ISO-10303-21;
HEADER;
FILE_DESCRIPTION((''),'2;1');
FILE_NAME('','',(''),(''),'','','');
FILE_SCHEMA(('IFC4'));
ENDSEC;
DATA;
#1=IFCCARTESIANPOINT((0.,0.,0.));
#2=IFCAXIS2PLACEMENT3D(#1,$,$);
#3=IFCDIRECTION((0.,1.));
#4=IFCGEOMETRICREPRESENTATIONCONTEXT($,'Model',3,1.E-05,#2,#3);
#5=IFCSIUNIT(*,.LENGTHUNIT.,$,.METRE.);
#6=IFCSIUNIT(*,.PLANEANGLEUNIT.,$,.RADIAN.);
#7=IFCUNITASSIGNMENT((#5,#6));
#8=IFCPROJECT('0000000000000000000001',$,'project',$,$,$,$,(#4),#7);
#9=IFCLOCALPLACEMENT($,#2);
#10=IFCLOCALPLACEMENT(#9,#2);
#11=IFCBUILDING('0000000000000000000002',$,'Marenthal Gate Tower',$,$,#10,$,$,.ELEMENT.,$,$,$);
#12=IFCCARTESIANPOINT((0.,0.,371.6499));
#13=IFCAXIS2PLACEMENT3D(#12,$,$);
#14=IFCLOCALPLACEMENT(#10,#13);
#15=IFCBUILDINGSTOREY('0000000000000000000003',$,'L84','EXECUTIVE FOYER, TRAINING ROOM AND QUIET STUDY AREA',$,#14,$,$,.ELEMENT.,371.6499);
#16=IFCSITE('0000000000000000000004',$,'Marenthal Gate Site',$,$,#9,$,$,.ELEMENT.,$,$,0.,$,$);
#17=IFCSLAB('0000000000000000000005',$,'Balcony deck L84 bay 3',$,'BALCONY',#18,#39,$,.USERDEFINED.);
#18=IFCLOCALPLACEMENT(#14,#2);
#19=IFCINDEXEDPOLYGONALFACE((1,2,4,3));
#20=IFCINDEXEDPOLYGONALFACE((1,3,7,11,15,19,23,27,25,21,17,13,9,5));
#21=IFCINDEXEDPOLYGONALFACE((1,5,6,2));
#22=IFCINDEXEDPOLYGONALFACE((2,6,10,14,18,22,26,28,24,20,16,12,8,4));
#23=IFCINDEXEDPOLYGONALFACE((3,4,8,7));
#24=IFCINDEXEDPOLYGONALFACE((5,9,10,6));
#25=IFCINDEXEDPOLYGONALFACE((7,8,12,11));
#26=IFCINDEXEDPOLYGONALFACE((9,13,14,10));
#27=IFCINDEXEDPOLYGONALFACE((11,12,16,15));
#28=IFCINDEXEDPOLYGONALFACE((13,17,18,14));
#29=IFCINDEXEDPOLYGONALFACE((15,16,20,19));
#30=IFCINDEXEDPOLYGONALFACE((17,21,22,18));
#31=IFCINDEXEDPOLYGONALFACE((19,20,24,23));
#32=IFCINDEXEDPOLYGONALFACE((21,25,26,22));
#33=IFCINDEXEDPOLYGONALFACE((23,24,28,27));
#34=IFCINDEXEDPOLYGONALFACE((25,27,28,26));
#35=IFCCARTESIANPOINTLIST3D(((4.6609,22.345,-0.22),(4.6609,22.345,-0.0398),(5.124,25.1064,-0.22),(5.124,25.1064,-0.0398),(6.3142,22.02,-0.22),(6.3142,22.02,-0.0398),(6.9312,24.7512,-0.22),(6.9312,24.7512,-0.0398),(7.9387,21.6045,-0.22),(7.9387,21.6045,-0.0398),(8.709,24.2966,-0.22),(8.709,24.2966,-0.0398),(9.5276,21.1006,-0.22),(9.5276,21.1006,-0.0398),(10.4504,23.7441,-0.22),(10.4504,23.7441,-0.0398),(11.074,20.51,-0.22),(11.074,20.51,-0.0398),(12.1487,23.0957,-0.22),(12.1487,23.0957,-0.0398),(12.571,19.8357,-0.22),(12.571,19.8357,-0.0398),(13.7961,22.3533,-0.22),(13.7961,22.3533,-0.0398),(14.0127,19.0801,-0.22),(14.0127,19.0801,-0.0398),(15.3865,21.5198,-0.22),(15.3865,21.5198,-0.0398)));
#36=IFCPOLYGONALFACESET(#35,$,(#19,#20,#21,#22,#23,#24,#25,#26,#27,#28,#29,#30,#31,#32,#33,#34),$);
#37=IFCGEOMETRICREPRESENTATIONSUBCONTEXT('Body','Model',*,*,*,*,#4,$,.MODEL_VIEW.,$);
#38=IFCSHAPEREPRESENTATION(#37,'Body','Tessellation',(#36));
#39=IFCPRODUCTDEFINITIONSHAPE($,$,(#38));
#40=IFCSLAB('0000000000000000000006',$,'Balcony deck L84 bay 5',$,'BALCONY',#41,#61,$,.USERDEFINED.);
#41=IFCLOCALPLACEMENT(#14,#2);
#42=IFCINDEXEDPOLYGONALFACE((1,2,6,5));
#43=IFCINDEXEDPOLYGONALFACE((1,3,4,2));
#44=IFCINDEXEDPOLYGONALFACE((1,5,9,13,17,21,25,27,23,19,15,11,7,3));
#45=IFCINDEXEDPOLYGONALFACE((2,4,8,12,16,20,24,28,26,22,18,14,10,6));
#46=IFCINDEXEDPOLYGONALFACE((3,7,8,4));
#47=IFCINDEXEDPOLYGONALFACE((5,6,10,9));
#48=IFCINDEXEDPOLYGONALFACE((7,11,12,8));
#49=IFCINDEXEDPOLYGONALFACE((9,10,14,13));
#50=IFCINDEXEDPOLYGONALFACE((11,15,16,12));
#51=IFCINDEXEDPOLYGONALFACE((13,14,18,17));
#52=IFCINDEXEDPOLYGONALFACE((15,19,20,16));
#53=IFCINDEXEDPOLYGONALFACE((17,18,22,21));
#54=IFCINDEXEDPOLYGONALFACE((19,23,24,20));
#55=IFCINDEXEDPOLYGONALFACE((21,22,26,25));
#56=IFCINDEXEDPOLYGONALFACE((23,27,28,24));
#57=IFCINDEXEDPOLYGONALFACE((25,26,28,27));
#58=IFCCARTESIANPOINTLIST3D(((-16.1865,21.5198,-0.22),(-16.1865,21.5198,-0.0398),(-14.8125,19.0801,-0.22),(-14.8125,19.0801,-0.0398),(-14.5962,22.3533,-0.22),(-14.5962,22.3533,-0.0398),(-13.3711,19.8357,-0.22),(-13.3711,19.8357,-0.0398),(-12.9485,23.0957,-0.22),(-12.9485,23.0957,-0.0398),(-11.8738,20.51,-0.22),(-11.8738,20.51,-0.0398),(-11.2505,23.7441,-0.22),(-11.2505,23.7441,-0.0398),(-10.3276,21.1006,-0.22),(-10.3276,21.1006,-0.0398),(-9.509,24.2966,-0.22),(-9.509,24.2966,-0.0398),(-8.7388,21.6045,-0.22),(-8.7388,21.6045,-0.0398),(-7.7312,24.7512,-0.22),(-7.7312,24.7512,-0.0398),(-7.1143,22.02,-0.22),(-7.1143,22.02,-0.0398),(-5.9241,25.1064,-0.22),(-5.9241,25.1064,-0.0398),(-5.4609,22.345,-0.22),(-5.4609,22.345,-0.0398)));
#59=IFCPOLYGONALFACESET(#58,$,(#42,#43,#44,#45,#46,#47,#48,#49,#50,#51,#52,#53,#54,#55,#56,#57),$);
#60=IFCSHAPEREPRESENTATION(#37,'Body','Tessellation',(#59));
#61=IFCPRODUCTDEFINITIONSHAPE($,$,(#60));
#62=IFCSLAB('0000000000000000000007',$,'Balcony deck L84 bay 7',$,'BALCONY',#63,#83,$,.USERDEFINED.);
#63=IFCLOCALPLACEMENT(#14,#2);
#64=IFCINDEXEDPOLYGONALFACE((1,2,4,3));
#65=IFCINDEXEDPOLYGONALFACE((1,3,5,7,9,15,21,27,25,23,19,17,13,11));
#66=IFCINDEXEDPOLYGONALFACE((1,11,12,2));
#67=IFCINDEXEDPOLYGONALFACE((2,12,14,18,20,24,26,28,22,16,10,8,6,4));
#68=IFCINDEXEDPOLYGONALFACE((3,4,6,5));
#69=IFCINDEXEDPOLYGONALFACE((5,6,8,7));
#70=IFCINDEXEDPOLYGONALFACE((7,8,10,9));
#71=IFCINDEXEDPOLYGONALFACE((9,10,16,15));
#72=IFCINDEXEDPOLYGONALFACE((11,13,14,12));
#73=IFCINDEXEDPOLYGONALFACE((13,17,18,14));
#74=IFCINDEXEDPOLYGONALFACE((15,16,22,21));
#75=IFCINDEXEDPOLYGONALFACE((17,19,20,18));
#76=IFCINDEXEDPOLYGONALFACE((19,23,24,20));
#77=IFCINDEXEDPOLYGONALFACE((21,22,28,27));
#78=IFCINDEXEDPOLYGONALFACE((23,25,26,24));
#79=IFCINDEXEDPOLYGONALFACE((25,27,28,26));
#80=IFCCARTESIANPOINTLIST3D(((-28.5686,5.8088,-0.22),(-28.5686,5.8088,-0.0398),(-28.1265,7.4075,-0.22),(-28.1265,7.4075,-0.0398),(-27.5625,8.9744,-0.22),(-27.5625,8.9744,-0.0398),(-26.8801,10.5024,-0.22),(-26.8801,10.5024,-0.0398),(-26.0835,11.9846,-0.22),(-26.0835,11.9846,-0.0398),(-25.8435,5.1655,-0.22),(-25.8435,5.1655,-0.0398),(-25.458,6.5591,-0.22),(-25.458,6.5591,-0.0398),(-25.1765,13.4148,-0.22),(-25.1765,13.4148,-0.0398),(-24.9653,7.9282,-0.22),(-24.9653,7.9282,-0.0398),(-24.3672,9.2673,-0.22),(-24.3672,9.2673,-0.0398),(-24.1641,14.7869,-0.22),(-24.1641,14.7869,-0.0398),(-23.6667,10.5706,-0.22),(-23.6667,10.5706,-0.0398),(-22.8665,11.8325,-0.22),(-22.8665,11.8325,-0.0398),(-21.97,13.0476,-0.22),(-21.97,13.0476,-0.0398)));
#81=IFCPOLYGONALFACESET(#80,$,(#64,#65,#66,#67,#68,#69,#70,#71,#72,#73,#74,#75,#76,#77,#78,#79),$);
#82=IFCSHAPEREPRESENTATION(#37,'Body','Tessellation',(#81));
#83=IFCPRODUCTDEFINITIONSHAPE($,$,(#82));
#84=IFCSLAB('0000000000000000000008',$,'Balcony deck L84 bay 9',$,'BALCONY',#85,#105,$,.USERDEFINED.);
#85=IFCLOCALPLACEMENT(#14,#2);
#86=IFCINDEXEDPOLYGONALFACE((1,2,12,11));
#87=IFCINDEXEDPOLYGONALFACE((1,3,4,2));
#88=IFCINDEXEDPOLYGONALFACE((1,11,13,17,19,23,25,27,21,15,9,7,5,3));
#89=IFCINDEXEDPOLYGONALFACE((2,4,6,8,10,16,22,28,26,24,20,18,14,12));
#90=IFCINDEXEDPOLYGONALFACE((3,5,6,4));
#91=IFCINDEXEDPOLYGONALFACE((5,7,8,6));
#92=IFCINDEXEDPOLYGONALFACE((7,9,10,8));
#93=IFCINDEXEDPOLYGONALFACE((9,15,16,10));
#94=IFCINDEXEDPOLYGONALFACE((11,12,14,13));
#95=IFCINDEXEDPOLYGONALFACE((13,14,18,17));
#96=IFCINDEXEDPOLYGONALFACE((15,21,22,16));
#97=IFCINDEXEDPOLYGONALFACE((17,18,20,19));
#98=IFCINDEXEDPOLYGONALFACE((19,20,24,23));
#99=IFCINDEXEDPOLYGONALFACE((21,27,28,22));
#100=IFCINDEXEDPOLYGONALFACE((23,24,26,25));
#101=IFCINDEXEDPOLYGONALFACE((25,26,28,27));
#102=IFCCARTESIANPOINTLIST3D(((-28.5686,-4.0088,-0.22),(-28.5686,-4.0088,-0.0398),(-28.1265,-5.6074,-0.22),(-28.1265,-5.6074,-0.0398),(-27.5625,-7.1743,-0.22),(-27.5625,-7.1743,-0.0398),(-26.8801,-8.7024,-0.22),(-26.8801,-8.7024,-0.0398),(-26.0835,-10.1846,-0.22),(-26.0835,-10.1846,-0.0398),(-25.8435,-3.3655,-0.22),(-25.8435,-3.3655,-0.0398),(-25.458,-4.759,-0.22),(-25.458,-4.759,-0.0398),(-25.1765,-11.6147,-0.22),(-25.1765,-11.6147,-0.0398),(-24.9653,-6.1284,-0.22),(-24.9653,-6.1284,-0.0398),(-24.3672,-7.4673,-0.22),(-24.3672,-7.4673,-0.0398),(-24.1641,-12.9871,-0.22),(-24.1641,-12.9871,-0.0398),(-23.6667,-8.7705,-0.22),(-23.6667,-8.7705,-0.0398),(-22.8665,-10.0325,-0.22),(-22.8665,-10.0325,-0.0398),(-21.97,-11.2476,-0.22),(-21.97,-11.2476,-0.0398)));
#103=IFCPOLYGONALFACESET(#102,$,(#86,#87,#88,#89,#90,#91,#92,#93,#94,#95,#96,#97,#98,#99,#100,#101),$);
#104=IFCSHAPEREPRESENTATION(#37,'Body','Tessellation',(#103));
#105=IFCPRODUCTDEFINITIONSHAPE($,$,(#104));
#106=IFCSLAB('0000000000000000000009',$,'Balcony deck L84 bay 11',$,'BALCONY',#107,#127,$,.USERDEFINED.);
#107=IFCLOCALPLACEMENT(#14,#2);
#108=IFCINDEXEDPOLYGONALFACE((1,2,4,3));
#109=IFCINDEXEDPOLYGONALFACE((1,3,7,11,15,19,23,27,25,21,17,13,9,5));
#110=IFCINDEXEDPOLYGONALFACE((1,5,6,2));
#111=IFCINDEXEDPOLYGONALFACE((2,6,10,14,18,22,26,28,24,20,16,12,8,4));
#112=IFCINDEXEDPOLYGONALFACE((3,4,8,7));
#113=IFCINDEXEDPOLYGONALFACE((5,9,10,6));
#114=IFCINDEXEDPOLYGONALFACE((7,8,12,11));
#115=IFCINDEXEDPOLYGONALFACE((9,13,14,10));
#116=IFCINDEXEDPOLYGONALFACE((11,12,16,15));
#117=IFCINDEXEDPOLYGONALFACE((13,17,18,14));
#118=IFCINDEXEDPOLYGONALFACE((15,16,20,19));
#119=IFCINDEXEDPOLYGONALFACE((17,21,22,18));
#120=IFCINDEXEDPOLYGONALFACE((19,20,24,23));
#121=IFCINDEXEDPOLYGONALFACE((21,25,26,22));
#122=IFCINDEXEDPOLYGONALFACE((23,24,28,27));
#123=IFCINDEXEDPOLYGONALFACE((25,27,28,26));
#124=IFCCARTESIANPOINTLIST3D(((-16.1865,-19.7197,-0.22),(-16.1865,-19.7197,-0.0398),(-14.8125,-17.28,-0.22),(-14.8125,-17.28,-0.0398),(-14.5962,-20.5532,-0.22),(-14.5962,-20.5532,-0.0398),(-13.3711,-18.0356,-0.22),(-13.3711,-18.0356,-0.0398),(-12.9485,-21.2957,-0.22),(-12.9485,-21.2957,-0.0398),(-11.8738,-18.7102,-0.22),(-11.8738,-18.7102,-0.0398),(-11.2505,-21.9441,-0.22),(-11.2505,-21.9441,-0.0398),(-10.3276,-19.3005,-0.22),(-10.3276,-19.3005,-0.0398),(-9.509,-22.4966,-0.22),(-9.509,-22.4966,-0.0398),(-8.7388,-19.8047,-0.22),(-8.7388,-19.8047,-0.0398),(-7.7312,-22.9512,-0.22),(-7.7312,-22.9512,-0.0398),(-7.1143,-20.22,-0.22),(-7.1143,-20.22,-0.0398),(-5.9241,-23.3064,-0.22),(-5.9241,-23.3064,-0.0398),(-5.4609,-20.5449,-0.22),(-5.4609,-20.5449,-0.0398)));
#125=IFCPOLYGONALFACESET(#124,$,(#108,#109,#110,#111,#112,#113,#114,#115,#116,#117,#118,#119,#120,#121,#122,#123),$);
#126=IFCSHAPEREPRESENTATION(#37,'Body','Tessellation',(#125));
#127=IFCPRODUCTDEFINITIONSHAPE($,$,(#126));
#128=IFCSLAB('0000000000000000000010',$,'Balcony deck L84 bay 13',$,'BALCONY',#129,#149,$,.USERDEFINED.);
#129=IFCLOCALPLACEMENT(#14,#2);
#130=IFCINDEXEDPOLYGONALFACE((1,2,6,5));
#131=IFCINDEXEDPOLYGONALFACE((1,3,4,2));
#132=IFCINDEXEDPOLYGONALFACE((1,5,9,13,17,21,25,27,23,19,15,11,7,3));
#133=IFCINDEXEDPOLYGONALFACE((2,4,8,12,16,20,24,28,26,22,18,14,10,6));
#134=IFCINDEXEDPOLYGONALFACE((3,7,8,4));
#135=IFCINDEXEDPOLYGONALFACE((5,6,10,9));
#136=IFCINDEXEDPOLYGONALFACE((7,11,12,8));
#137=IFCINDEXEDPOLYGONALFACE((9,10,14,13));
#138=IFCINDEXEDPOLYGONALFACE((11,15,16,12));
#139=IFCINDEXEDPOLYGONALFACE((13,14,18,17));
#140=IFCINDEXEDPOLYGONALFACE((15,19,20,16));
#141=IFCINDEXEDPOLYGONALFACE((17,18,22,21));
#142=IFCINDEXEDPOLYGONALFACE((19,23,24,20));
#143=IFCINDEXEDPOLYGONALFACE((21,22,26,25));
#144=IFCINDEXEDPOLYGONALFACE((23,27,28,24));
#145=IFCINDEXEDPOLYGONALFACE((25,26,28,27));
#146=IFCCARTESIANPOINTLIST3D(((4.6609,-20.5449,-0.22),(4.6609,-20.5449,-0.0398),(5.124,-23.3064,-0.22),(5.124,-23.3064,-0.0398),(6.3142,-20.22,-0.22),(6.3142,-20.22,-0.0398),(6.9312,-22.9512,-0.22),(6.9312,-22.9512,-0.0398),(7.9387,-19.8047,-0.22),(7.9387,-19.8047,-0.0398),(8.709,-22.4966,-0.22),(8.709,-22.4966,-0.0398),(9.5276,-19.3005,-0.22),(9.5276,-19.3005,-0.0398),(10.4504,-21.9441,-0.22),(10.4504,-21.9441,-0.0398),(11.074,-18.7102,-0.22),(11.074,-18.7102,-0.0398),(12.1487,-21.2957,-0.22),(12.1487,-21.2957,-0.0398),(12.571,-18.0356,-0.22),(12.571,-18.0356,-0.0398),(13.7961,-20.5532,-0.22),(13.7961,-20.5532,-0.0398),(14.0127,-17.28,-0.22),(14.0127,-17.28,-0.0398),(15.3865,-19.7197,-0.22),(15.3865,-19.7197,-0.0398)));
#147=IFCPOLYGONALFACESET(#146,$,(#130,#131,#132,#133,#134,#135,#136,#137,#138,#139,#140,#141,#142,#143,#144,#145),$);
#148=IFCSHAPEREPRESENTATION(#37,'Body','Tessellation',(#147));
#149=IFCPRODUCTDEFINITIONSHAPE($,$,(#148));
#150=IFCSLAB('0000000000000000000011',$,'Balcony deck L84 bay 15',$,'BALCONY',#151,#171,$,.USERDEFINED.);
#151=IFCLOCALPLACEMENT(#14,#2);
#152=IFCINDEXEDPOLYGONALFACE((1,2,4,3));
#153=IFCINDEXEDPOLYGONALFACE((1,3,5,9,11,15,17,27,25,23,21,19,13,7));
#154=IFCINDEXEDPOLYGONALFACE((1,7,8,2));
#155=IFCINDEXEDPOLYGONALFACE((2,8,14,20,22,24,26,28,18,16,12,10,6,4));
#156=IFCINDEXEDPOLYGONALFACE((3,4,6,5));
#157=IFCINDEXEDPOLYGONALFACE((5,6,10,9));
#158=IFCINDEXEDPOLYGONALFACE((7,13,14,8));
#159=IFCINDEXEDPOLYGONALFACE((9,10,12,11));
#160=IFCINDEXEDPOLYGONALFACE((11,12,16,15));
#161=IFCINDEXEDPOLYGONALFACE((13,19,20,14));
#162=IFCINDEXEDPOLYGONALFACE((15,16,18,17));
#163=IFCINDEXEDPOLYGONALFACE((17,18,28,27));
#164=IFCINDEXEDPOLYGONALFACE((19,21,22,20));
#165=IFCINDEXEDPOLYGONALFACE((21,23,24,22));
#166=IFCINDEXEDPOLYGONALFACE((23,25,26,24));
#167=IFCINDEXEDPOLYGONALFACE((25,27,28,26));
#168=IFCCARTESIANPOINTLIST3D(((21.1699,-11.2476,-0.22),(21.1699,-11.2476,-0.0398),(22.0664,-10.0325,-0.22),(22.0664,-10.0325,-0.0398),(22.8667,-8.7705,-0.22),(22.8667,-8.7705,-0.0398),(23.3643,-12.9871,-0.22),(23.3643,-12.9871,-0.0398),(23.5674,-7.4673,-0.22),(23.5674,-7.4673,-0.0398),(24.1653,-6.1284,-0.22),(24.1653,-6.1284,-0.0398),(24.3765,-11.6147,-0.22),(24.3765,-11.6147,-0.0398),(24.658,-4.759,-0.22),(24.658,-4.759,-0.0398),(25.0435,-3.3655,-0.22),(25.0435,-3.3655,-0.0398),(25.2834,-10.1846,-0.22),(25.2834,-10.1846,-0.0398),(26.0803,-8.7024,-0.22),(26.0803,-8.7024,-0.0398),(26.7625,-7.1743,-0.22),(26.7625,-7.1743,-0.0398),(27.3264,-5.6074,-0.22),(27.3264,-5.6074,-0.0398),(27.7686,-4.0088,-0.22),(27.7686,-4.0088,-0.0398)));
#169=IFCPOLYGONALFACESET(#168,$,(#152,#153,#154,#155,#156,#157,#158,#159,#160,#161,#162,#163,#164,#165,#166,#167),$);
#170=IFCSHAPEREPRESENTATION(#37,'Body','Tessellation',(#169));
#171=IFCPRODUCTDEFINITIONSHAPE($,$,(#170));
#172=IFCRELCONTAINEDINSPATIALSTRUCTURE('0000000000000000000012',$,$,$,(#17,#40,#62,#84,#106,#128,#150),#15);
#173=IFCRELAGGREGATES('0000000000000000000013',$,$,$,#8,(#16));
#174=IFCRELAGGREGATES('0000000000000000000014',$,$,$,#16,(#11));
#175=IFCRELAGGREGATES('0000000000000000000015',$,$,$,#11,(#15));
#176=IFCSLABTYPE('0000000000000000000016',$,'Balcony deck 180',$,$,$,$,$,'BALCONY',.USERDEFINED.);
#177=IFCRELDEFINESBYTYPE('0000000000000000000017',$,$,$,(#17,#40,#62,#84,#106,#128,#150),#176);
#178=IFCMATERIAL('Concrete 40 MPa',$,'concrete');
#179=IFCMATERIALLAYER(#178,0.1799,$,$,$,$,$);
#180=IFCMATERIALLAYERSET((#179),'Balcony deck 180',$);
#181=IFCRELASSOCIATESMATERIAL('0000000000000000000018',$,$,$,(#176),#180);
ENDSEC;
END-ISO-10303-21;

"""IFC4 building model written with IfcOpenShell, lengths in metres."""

from ifc_helpers import new_model, si_unit, direction, frame, origin, place, context, subcontext, project, spatial, polyline, outline, extrude, material, layer, layer_set, type_object, element, save


model = new_model("IFC4")

# Units and contexts
model_context = context("Model", 3, precision=1e-05, world=origin(), true_north=direction((0.0, 1.0)))
body_context = subcontext(model_context, "Body", "Model", "MODEL_VIEW")
ifc_project = project(units=[si_unit("LENGTHUNIT", "METRE"), si_unit("PLANEANGLEUNIT", "RADIAN")], contexts=[model_context])

# Site, building, storey
site_placement = place(None, origin())
site = spatial("IfcSite", under=ifc_project, at=site_placement, Name="Marenthal Gate Site", CompositionType="ELEMENT", RefElevation=0.0)
building_placement = place(site_placement, origin())
building = spatial("IfcBuilding", under=site, at=building_placement, Name="Marenthal Gate Tower", CompositionType="ELEMENT")
storey_placement = place(building_placement, frame((0.0, 0.0, 371.6499)))
storey = spatial("IfcBuildingStorey", under=building, at=storey_placement, Name="L84", Description="EXECUTIVE FOYER, TRAINING ROOM AND QUIET STUDY AREA", CompositionType="ELEMENT", Elevation=371.6499)

# Slabs
ifc_material_1 = material(Name="Concrete 40 MPa", Category="concrete")
ifc_layer_1 = layer(ifc_material_1, 0.1799)
ifc_layer_set_1 = layer_set([ifc_layer_1], Name="Balcony deck 180")
slab_type_1 = type_object("IfcSlabType", Name="Balcony deck 180", ElementType="BALCONY", PredefinedType="USERDEFINED", material=ifc_layer_set_1)
slab_1_placement = place(storey_placement, frame((0.0, 0.0, -0.22)))
element("IfcSlab", 1, at=slab_1_placement, inside=storey, type_object=slab_type_1, Name="Balcony deck L84 bay 3", ObjectType="BALCONY", PredefinedType="USERDEFINED", context=body_context, shape_type="SweptSolid", body=[
    extrude(outline(polyline([(14.0127, 19.0801), (12.571, 19.8357), (11.074, 20.51), (9.5276, 21.1006), (7.9387, 21.6045), (6.3142, 22.02), (4.6609, 22.345), (5.124, 25.1064), (6.9312, 24.7512), (8.709, 24.2966), (10.4504, 23.7441), (12.1487, 23.0957), (13.7961, 22.3533), (15.3865, 21.5198), (14.0127, 19.0801)])), origin(), (0.0, 0.0, 1.0), 0.1802),
])
slab_2_placement = place(storey_placement, frame((0.0, 0.0, -0.22)))
element("IfcSlab", 2, at=slab_2_placement, inside=storey, type_object=slab_type_1, Name="Balcony deck L84 bay 5", ObjectType="BALCONY", PredefinedType="USERDEFINED", context=body_context, shape_type="SweptSolid", body=[
    extrude(outline(polyline([(-5.4609, 22.345), (-7.1143, 22.02), (-8.7388, 21.6045), (-10.3276, 21.1006), (-11.8738, 20.51), (-13.3711, 19.8357), (-14.8125, 19.0801), (-16.1865, 21.5198), (-14.5962, 22.3533), (-12.9485, 23.0957), (-11.2505, 23.7441), (-9.509, 24.2966), (-7.7312, 24.7512), (-5.9241, 25.1064), (-5.4609, 22.345)])), origin(), (0.0, 0.0, 1.0), 0.1802),
])
slab_3_placement = place(storey_placement, frame((0.0, 0.0, -0.22)))
element("IfcSlab", 3, at=slab_3_placement, inside=storey, type_object=slab_type_1, Name="Balcony deck L84 bay 7", ObjectType="BALCONY", PredefinedType="USERDEFINED", context=body_context, shape_type="SweptSolid", body=[
    extrude(outline(polyline([(-21.97, 13.0476), (-22.8665, 11.8325), (-23.6667, 10.5706), (-24.3672, 9.2673), (-24.9653, 7.9282), (-25.458, 6.5591), (-25.8435, 5.1655), (-28.5686, 5.8088), (-28.1265, 7.4075), (-27.5625, 8.9744), (-26.8801, 10.5024), (-26.0835, 11.9846), (-25.1765, 13.4148), (-24.1641, 14.7869), (-21.97, 13.0476)])), origin(), (0.0, 0.0, 1.0), 0.1802),
])
slab_4_placement = place(storey_placement, frame((0.0, 0.0, -0.22)))
element("IfcSlab", 4, at=slab_4_placement, inside=storey, type_object=slab_type_1, Name="Balcony deck L84 bay 9", ObjectType="BALCONY", PredefinedType="USERDEFINED", context=body_context, shape_type="SweptSolid", body=[
    extrude(outline(polyline([(-25.8435, -3.3655), (-25.458, -4.759), (-24.9653, -6.1284), (-24.3672, -7.4673), (-23.6667, -8.7705), (-22.8665, -10.0325), (-21.97, -11.2476), (-24.1641, -12.9871), (-25.1765, -11.6147), (-26.0835, -10.1846), (-26.8801, -8.7024), (-27.5625, -7.1743), (-28.1265, -5.6074), (-28.5686, -4.0088), (-25.8435, -3.3655)])), origin(), (0.0, 0.0, 1.0), 0.1802),
])
slab_5_placement = place(storey_placement, frame((0.0, 0.0, -0.22)))
element("IfcSlab", 5, at=slab_5_placement, inside=storey, type_object=slab_type_1, Name="Balcony deck L84 bay 11", ObjectType="BALCONY", PredefinedType="USERDEFINED", context=body_context, shape_type="SweptSolid", body=[
    extrude(outline(polyline([(-14.8125, -17.28), (-13.3711, -18.0356), (-11.8738, -18.7102), (-10.3276, -19.3005), (-8.7388, -19.8047), (-7.1143, -20.22), (-5.4609, -20.5449), (-5.9241, -23.3064), (-7.7312, -22.9512), (-9.509, -22.4966), (-11.2505, -21.9441), (-12.9485, -21.2957), (-14.5962, -20.5532), (-16.1865, -19.7197), (-14.8125, -17.28)])), origin(), (0.0, 0.0, 1.0), 0.1802),
])
slab_6_placement = place(storey_placement, frame((0.0, 0.0, -0.22)))
element("IfcSlab", 6, at=slab_6_placement, inside=storey, type_object=slab_type_1, Name="Balcony deck L84 bay 13", ObjectType="BALCONY", PredefinedType="USERDEFINED", context=body_context, shape_type="SweptSolid", body=[
    extrude(outline(polyline([(4.6609, -20.5449), (6.3142, -20.22), (7.9387, -19.8047), (9.5276, -19.3005), (11.074, -18.7102), (12.571, -18.0356), (14.0127, -17.28), (15.3865, -19.7197), (13.7961, -20.5532), (12.1487, -21.2957), (10.4504, -21.9441), (8.709, -22.4966), (6.9312, -22.9512), (5.124, -23.3064), (4.6609, -20.5449)])), origin(), (0.0, 0.0, 1.0), 0.1802),
])
slab_7_placement = place(storey_placement, frame((0.0, 0.0, -0.22)))
element("IfcSlab", 7, at=slab_7_placement, inside=storey, type_object=slab_type_1, Name="Balcony deck L84 bay 15", ObjectType="BALCONY", PredefinedType="USERDEFINED", context=body_context, shape_type="SweptSolid", body=[
    extrude(outline(polyline([(21.1699, -11.2476), (22.0664, -10.0325), (22.8667, -8.7705), (23.5674, -7.4673), (24.1653, -6.1284), (24.658, -4.759), (25.0435, -3.3655), (27.7686, -4.0088), (27.3264, -5.6074), (26.7625, -7.1743), (26.0803, -8.7024), (25.2834, -10.1846), (24.3765, -11.6147), (23.3643, -12.9871), (21.1699, -11.2476)])), origin(), (0.0, 0.0, 1.0), 0.1802),
])

save(model, "model.ifc")
